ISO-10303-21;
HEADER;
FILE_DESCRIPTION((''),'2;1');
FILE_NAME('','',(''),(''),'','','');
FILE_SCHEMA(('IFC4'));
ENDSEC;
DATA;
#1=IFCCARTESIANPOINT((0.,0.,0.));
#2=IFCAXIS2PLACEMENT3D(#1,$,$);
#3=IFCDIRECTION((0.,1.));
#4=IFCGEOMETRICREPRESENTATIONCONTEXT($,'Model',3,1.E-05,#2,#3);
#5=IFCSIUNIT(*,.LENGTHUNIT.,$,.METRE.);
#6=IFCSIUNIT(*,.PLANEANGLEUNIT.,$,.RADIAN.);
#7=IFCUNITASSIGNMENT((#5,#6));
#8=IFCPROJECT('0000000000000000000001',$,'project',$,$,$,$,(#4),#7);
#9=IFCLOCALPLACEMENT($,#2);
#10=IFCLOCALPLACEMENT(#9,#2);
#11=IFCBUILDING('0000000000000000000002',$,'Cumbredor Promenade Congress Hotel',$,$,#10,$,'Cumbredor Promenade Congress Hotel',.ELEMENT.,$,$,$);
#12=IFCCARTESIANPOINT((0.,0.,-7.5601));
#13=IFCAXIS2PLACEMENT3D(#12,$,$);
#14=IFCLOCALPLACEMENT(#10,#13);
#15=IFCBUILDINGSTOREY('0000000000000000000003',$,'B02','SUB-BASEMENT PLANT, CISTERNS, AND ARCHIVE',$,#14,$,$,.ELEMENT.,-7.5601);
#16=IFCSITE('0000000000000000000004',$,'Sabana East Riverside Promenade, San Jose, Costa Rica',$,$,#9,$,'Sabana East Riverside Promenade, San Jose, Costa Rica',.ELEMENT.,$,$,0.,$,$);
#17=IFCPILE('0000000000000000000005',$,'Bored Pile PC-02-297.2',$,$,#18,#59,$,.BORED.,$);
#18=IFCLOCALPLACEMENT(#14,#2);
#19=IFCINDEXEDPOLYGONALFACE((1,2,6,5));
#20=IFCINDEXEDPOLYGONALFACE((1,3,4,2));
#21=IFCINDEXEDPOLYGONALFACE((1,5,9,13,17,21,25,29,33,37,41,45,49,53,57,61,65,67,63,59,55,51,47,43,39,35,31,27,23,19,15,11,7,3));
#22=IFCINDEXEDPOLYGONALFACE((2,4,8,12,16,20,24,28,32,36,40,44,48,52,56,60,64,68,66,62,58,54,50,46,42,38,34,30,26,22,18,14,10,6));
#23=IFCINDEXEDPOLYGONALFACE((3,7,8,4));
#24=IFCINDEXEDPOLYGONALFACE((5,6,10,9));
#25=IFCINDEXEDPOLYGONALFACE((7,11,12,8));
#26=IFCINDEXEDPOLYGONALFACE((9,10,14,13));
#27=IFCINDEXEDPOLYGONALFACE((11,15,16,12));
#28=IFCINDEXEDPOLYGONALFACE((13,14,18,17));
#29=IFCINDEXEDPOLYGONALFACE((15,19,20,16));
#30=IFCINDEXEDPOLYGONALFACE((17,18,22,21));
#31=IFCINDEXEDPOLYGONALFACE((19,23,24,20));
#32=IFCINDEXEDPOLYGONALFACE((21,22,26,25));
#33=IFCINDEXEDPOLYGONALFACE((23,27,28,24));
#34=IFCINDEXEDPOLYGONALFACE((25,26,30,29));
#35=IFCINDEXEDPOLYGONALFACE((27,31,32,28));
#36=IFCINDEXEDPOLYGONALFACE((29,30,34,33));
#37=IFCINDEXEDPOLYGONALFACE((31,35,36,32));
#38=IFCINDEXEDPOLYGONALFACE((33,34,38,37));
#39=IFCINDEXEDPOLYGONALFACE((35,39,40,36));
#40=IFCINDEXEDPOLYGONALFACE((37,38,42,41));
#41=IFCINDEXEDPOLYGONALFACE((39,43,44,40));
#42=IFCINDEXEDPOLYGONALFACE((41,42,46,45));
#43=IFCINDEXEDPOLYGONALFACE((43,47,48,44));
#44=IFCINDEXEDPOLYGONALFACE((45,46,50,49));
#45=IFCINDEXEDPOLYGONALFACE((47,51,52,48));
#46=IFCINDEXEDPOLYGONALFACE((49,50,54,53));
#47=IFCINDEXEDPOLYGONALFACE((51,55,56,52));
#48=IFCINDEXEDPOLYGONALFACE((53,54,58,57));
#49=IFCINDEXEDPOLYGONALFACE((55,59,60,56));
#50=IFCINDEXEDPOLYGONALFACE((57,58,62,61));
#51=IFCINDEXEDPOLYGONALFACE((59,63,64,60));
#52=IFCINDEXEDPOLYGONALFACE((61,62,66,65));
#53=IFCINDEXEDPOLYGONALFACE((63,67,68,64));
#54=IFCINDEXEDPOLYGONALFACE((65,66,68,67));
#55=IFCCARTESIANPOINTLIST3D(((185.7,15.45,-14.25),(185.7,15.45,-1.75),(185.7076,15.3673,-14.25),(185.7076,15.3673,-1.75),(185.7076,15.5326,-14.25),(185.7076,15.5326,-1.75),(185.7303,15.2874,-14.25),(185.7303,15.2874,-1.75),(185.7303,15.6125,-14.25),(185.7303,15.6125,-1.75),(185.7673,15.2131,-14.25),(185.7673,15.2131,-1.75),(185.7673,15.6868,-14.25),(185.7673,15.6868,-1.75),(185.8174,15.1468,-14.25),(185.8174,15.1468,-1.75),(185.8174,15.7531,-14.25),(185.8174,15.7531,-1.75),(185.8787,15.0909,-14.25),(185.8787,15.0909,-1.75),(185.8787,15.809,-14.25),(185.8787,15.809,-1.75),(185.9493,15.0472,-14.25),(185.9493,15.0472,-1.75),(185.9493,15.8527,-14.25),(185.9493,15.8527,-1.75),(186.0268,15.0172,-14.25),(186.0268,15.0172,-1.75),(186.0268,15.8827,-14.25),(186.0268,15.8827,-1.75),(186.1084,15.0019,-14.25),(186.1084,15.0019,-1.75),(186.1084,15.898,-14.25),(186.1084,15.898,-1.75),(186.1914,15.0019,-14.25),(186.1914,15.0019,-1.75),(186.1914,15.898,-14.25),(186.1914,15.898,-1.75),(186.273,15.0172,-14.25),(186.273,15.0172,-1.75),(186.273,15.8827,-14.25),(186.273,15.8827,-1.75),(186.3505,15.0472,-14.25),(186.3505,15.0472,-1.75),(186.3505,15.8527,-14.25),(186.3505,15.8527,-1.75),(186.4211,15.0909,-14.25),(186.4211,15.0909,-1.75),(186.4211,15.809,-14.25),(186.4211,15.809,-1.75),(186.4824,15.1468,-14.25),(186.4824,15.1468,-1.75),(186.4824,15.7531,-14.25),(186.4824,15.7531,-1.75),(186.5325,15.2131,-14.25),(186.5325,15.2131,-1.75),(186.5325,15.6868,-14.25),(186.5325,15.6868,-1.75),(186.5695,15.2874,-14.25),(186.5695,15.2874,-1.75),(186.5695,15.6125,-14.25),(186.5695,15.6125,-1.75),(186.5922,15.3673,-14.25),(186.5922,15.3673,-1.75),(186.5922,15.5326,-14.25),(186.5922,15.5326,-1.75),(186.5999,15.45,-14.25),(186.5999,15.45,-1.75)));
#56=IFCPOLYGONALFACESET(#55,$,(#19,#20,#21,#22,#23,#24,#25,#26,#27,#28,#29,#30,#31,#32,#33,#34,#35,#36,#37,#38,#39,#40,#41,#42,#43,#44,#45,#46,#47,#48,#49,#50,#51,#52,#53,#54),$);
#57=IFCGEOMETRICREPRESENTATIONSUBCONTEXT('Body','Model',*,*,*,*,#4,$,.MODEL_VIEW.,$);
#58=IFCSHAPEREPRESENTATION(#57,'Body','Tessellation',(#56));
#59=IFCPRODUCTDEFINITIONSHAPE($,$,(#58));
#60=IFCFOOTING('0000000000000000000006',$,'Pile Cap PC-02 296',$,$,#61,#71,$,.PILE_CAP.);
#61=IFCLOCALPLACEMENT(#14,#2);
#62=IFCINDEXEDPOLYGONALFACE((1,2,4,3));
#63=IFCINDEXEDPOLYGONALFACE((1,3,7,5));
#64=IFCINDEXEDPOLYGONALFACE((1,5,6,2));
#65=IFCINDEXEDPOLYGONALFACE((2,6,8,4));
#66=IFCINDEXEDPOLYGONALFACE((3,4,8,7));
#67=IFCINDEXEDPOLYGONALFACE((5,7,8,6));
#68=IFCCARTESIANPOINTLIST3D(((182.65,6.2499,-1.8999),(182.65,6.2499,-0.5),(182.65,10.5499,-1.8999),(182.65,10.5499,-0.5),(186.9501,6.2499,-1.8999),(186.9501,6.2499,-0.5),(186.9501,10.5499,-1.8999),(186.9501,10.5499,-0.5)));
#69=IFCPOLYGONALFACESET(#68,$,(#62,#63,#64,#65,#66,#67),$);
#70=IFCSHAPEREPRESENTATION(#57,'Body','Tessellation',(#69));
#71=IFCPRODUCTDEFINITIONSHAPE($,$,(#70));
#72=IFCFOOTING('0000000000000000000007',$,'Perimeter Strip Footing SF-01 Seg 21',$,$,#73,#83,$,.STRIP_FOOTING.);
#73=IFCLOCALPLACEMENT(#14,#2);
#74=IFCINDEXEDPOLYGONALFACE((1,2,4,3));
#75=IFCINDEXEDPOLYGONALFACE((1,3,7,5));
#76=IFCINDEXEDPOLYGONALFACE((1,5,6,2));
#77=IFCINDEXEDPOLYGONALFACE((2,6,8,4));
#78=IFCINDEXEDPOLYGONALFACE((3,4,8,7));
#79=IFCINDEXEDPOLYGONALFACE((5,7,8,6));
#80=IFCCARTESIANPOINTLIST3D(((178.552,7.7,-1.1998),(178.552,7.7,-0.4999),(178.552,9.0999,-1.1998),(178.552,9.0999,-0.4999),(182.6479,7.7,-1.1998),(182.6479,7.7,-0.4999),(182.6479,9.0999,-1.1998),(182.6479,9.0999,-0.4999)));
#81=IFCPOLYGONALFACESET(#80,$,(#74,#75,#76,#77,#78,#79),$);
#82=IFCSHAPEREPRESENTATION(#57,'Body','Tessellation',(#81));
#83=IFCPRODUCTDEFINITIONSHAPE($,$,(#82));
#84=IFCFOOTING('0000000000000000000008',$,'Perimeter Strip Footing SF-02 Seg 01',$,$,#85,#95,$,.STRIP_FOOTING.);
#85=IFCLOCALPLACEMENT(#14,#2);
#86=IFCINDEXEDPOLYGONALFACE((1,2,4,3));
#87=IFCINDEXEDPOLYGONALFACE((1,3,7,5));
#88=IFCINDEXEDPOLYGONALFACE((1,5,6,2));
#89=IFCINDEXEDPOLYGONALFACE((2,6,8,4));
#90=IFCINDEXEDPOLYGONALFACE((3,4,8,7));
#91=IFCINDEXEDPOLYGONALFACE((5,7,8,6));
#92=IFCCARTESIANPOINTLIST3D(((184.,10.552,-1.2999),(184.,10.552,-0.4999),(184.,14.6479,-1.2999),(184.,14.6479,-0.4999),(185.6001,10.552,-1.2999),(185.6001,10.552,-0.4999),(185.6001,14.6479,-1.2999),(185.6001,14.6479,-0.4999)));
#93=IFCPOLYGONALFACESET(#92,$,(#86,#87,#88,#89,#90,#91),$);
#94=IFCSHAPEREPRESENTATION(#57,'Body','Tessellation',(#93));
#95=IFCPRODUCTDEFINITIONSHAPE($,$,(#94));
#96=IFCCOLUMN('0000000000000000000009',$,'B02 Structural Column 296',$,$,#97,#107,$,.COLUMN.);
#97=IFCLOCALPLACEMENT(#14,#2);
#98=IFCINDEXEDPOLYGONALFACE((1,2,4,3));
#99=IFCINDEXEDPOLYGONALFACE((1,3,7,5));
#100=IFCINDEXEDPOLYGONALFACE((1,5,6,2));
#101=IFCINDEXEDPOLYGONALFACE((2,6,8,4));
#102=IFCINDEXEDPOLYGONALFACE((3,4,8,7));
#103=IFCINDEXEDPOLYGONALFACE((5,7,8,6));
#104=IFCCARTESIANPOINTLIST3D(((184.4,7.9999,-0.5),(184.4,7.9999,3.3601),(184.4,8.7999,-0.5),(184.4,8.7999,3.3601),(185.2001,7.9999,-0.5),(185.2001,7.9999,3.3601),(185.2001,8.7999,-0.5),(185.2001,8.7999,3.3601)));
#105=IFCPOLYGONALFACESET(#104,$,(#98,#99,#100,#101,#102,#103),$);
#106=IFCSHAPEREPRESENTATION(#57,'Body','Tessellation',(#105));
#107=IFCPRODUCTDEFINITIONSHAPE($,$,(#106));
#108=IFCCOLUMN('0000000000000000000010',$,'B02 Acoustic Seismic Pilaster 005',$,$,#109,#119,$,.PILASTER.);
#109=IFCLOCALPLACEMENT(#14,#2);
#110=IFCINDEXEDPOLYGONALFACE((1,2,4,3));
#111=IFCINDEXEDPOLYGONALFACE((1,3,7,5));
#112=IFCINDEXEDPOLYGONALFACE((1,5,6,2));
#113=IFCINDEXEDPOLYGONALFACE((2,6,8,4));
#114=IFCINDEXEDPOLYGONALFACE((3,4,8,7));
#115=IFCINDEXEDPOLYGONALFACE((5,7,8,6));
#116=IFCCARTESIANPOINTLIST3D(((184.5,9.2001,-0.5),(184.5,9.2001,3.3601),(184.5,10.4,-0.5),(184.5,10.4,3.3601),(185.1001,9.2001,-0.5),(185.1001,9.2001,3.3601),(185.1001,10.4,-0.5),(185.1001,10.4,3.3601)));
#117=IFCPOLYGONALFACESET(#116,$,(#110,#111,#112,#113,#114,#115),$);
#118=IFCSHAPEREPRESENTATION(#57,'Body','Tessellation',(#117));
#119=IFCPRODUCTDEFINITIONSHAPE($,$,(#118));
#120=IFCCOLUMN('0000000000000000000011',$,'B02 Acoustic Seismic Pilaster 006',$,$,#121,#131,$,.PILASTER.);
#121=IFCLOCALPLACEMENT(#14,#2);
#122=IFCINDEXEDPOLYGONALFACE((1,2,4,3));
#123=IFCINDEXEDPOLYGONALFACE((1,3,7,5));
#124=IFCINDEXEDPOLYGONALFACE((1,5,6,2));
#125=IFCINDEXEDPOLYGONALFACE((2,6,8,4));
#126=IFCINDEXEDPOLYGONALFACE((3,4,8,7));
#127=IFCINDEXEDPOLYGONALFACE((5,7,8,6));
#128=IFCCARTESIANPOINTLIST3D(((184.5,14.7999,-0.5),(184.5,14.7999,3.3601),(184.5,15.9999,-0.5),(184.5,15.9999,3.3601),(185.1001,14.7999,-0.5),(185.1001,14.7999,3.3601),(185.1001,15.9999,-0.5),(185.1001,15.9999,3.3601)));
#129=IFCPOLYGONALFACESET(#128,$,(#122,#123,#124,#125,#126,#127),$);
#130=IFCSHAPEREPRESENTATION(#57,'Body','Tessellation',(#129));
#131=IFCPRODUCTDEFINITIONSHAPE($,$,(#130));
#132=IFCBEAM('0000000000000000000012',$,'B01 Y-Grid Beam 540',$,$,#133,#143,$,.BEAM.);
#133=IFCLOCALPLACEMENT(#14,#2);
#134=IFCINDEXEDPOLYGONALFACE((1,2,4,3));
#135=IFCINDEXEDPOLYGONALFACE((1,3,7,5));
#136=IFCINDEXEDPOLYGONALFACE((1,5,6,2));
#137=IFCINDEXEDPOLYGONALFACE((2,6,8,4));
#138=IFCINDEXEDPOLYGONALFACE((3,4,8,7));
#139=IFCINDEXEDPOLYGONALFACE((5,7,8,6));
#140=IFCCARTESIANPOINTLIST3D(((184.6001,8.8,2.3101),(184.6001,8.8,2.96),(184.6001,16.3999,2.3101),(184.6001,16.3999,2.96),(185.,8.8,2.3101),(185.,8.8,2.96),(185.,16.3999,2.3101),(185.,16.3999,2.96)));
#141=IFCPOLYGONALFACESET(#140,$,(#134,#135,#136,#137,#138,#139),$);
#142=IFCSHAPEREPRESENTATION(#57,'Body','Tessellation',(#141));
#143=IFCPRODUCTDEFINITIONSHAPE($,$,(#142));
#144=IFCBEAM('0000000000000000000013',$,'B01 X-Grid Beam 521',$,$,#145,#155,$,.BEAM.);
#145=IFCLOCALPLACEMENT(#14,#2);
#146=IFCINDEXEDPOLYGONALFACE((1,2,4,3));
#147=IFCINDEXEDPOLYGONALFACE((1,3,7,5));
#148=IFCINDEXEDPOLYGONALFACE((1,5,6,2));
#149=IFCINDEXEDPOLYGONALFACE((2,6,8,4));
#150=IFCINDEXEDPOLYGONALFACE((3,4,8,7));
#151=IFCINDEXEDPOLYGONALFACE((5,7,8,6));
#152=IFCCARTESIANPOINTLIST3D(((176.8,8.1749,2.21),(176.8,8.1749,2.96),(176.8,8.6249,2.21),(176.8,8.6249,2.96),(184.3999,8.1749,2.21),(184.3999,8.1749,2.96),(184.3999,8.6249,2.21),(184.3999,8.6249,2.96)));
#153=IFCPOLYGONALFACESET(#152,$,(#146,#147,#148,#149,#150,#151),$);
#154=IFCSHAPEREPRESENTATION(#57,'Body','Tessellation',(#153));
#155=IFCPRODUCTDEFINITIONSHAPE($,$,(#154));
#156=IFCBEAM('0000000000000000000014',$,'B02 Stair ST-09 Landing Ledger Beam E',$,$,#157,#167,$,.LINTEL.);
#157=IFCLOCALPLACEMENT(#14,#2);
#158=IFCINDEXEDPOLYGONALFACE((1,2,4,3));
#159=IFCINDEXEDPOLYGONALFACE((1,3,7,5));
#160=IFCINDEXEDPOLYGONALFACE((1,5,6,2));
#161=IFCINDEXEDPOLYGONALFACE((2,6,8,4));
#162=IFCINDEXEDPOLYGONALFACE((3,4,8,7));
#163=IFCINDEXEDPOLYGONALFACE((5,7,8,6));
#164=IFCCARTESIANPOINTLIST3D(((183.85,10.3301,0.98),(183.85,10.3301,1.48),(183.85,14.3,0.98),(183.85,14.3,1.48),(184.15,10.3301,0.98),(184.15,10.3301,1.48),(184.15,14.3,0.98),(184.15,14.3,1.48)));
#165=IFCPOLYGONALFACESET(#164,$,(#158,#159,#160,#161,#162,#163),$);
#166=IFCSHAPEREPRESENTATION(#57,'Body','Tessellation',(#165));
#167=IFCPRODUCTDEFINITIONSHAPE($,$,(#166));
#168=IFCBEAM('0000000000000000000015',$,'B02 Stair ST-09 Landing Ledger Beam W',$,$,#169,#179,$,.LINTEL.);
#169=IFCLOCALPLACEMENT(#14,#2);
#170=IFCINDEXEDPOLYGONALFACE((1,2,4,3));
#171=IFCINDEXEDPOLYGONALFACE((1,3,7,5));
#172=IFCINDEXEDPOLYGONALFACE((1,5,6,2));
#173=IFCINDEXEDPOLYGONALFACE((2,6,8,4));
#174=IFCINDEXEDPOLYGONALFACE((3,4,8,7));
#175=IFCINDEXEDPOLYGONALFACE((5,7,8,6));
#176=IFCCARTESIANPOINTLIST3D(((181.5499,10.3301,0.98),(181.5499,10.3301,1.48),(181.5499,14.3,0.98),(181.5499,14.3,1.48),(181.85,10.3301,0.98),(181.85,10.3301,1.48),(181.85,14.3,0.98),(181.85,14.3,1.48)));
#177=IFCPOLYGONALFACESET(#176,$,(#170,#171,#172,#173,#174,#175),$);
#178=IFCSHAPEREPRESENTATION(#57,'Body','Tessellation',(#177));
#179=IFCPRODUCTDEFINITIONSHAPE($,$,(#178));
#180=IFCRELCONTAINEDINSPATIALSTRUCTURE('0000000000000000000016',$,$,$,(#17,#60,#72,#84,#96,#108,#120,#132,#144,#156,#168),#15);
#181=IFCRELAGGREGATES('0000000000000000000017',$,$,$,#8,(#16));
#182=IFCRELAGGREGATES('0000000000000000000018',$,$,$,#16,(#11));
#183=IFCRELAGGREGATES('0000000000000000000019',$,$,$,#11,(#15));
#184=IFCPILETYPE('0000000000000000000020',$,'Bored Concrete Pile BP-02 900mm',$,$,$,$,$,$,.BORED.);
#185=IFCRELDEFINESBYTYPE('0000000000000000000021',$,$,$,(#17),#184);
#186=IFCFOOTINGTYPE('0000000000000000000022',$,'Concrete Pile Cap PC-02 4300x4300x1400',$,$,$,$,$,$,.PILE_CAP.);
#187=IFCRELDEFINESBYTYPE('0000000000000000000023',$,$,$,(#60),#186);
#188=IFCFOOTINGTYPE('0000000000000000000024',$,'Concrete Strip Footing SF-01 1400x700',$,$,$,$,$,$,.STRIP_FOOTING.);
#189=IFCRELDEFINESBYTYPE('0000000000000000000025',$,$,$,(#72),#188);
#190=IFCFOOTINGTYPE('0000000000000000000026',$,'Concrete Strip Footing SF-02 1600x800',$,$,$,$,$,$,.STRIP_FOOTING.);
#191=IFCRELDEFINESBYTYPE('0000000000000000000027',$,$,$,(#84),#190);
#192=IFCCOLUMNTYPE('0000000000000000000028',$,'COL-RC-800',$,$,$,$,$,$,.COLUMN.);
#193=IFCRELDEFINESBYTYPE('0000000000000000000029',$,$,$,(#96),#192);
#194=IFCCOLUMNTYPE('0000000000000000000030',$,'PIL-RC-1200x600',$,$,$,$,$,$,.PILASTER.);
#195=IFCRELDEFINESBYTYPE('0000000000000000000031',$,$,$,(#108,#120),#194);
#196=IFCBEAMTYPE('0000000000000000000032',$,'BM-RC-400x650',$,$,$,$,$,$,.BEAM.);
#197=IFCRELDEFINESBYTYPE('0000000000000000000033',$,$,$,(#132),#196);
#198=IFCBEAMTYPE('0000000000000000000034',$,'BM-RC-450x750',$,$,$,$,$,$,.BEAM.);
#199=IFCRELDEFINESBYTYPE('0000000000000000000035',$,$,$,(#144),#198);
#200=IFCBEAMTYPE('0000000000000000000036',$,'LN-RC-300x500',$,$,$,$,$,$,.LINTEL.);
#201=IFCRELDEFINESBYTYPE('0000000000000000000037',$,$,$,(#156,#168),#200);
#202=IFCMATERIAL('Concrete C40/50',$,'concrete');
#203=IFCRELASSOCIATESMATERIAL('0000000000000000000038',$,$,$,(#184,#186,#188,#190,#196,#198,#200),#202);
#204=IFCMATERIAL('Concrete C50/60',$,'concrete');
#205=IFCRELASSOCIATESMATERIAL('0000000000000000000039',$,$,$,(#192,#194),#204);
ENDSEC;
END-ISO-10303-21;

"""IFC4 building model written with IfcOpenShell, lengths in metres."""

from ifc_helpers import new_model, si_unit, direction, frame, origin, origin_2d, place, context, subcontext, project, spatial, rectangle, circle, extrude, material, material_profile, profile_set, type_object, element, save


model = new_model("IFC4")

# Units and contexts
model_context = context("Model", 3, precision=1e-05, world=origin(), true_north=direction((0.0, 1.0)))
body_context = subcontext(model_context, "Body", "Model", "MODEL_VIEW")
ifc_project = project(units=[si_unit("LENGTHUNIT", "METRE"), si_unit("PLANEANGLEUNIT", "RADIAN")], contexts=[model_context])

# Site, building, storey
site_placement = place(None, origin())
site = spatial("IfcSite", under=ifc_project, at=site_placement, Name="Sabana East Riverside Promenade, San Jose, Costa Rica", LongName="Sabana East Riverside Promenade, San Jose, Costa Rica", CompositionType="ELEMENT", RefElevation=0.0)
building_placement = place(site_placement, origin())
building = spatial("IfcBuilding", under=site, at=building_placement, Name="Cumbredor Promenade Congress Hotel", LongName="Cumbredor Promenade Congress Hotel", CompositionType="ELEMENT")
storey_placement = place(building_placement, frame((0.0, 0.0, -7.5601)))
storey = spatial("IfcBuildingStorey", under=building, at=storey_placement, Name="B02", Description="SUB-BASEMENT PLANT, CISTERNS, AND ARCHIVE", CompositionType="ELEMENT", Elevation=-7.5601)

# Pile
ifc_material_1 = material(Name="Concrete C40/50", Category="concrete")
ifc_material_profile_1 = material_profile(ifc_material_1, circle(Radius=0.45, at=origin_2d()), Name="PILE D900")
ifc_profile_set_1 = profile_set([ifc_material_profile_1], Name="Concrete C40/50")
pile_type = type_object("IfcPileType", Name="Bored Concrete Pile BP-02 900mm", PredefinedType="BORED", material=ifc_profile_set_1)
for number, where, z_axis, x_axis, name in (
    (1, (186.1499, 15.45, -1.75), (0.0, 0.0, -1.0), (1.0, 0.0, 0.0), "Bored Pile PC-02-297.2"),
):
    element("IfcPile", number, at=place(storey_placement, frame(where, z_axis=z_axis, x_axis=x_axis)), inside=storey, type_object=pile_type, Name=name, PredefinedType="BORED", context=body_context, shape_type="SweptSolid", body=[
        extrude(circle(Radius=0.45, at=origin_2d()), origin(), (0.0, 0.0, 1.0), 12.5),
    ])

# Footings
footing_type_1 = type_object("IfcFootingType", Name="Concrete Pile Cap PC-02 4300x4300x1400", PredefinedType="PILE_CAP", material=ifc_material_1)
footing_1_placement = place(storey_placement, frame((184.8, 8.3999, -1.8999), z_axis=(0.0, 0.0, 1.0), x_axis=(1.0, 0.0, 0.0)))
element("IfcFooting", 2, at=footing_1_placement, inside=storey, type_object=footing_type_1, Name="Pile Cap PC-02 296", PredefinedType="PILE_CAP", context=body_context, shape_type="SweptSolid", body=[
    extrude(rectangle(XDim=4.3, YDim=4.3, at=origin_2d()), origin(), (0.0, 0.0, 1.0), 1.3999),
])
ifc_material_profile_2 = material_profile(ifc_material_1, rectangle(XDim=1.3999, YDim=0.7, at=origin_2d()), Name="SF 1400x700")
ifc_profile_set_2 = profile_set([ifc_material_profile_2], Name="Concrete C40/50")
footing_type_2 = type_object("IfcFootingType", Name="Concrete Strip Footing SF-01 1400x700", PredefinedType="STRIP_FOOTING", material=ifc_profile_set_2)
footing_2_placement = place(storey_placement, frame((178.552, 8.3999, -0.8499), z_axis=(1.0, 0.0, 0.0), x_axis=(0.0, 1.0, 0.0)))
element("IfcFooting", 3, at=footing_2_placement, inside=storey, type_object=footing_type_2, Name="Perimeter Strip Footing SF-01 Seg 21", PredefinedType="STRIP_FOOTING", context=body_context, shape_type="SweptSolid", body=[
    extrude(rectangle(XDim=1.3999, YDim=0.7, at=origin_2d()), origin(), (0.0, 0.0, 1.0), 4.0959),
])
ifc_material_profile_3 = material_profile(ifc_material_1, rectangle(XDim=1.6001, YDim=0.8, at=origin_2d()), Name="SF 1600x800")
ifc_profile_set_3 = profile_set([ifc_material_profile_3], Name="Concrete C40/50")
footing_type_3 = type_object("IfcFootingType", Name="Concrete Strip Footing SF-02 1600x800", PredefinedType="STRIP_FOOTING", material=ifc_profile_set_3)
footing_3_placement = place(storey_placement, frame((184.8, 10.552, -0.8999), z_axis=(0.0, 1.0, 0.0), x_axis=(-1.0, 0.0, 0.0)))
element("IfcFooting", 4, at=footing_3_placement, inside=storey, type_object=footing_type_3, Name="Perimeter Strip Footing SF-02 Seg 01", PredefinedType="STRIP_FOOTING", context=body_context, shape_type="SweptSolid", body=[
    extrude(rectangle(XDim=1.6001, YDim=0.8, at=origin_2d()), origin(), (0.0, 0.0, 1.0), 4.0959),
])

# Columns
ifc_material_2 = material(Name="Concrete C50/60", Category="concrete")
ifc_material_profile_4 = material_profile(ifc_material_2, rectangle(XDim=0.8, YDim=0.8, at=origin_2d()), Name="RC 800x800")
ifc_profile_set_4 = profile_set([ifc_material_profile_4], Name="Concrete C50/60")
column_type_1 = type_object("IfcColumnType", Name="COL-RC-800", PredefinedType="COLUMN", material=ifc_profile_set_4)
column_placement = place(storey_placement, frame((184.8, 8.3999, -0.5), z_axis=(0.0, 0.0, 1.0), x_axis=(1.0, 0.0, 0.0)))
element("IfcColumn", 5, at=column_placement, inside=storey, type_object=column_type_1, Name="B02 Structural Column 296", PredefinedType="COLUMN", context=body_context, shape_type="SweptSolid", body=[
    extrude(rectangle(XDim=0.8, YDim=0.8, at=origin_2d()), origin(), (0.0, 0.0, 1.0), 3.8601),
])
ifc_material_profile_5 = material_profile(ifc_material_2, rectangle(XDim=0.6001, YDim=1.2, at=origin_2d()), Name="RC PILASTER 1200x600")
ifc_profile_set_5 = profile_set([ifc_material_profile_5], Name="Concrete C50/60")
column_type_2 = type_object("IfcColumnType", Name="PIL-RC-1200x600", PredefinedType="PILASTER", material=ifc_profile_set_5)
for number, where, z_axis, x_axis, name in (
    (6, (184.8, 9.8, -0.5), (0.0, 0.0, 1.0), (1.0, 0.0, 0.0), "B02 Acoustic Seismic Pilaster 005"),
    (7, (184.8, 15.3999, -0.5), (0.0, 0.0, 1.0), (1.0, 0.0, 0.0), "B02 Acoustic Seismic Pilaster 006"),
):
    element("IfcColumn", number, at=place(storey_placement, frame(where, z_axis=z_axis, x_axis=x_axis)), inside=storey, type_object=column_type_2, Name=name, PredefinedType="PILASTER", context=body_context, shape_type="SweptSolid", body=[
        extrude(rectangle(XDim=0.6001, YDim=1.2, at=origin_2d()), origin(), (0.0, 0.0, 1.0), 3.8601),
    ])

# Beams
ifc_material_profile_6 = material_profile(ifc_material_1, rectangle(XDim=0.3999, YDim=0.6499, at=origin_2d()), Name="RC BEAM 400x650")
ifc_profile_set_6 = profile_set([ifc_material_profile_6], Name="Concrete C40/50")
beam_type_1 = type_object("IfcBeamType", Name="BM-RC-400x650", PredefinedType="BEAM", material=ifc_profile_set_6)
beam_1_placement = place(storey_placement, frame((184.8, 8.8, 2.635), z_axis=(0.0, 1.0, 0.0), x_axis=(-1.0, 0.0, 0.0)))
element("IfcBeam", 8, at=beam_1_placement, inside=storey, type_object=beam_type_1, Name="B01 Y-Grid Beam 540", PredefinedType="BEAM", context=body_context, shape_type="SweptSolid", body=[
    extrude(rectangle(XDim=0.3999, YDim=0.6499, at=origin_2d()), origin(), (0.0, 0.0, 1.0), 7.5999),
])
ifc_material_profile_7 = material_profile(ifc_material_1, rectangle(XDim=0.45, YDim=0.75, at=origin_2d()), Name="RC BEAM 450x750")
ifc_profile_set_7 = profile_set([ifc_material_profile_7], Name="Concrete C40/50")
beam_type_2 = type_object("IfcBeamType", Name="BM-RC-450x750", PredefinedType="BEAM", material=ifc_profile_set_7)
beam_2_placement = place(storey_placement, frame((176.8, 8.3999, 2.585), z_axis=(1.0, 0.0, 0.0), x_axis=(0.0, 1.0, 0.0)))
element("IfcBeam", 9, at=beam_2_placement, inside=storey, type_object=beam_type_2, Name="B01 X-Grid Beam 521", PredefinedType="BEAM", context=body_context, shape_type="SweptSolid", body=[
    extrude(rectangle(XDim=0.45, YDim=0.75, at=origin_2d()), origin(), (0.0, 0.0, 1.0), 7.5999),
])
ifc_material_profile_8 = material_profile(ifc_material_1, rectangle(XDim=0.3, YDim=0.5, at=origin_2d()), Name="RC LINTEL 300x500")
ifc_profile_set_8 = profile_set([ifc_material_profile_8], Name="Concrete C40/50")
beam_type_3 = type_object("IfcBeamType", Name="LN-RC-300x500", PredefinedType="LINTEL", material=ifc_profile_set_8)
for number, where, z_axis, x_axis, name in (
    (10, (184.0, 10.3301, 1.23), (0.0, 1.0, 0.0), (-1.0, 0.0, 0.0), "B02 Stair ST-09 Landing Ledger Beam E"),
    (11, (181.7, 10.3301, 1.23), (0.0, 1.0, 0.0), (-1.0, 0.0, 0.0), "B02 Stair ST-09 Landing Ledger Beam W"),
):
    element("IfcBeam", number, at=place(storey_placement, frame(where, z_axis=z_axis, x_axis=x_axis)), inside=storey, type_object=beam_type_3, Name=name, PredefinedType="LINTEL", context=body_context, shape_type="SweptSolid", body=[
        extrude(rectangle(XDim=0.3, YDim=0.5, at=origin_2d()), origin(), (0.0, 0.0, 1.0), 3.97),
    ])

save(model, "model.ifc")
